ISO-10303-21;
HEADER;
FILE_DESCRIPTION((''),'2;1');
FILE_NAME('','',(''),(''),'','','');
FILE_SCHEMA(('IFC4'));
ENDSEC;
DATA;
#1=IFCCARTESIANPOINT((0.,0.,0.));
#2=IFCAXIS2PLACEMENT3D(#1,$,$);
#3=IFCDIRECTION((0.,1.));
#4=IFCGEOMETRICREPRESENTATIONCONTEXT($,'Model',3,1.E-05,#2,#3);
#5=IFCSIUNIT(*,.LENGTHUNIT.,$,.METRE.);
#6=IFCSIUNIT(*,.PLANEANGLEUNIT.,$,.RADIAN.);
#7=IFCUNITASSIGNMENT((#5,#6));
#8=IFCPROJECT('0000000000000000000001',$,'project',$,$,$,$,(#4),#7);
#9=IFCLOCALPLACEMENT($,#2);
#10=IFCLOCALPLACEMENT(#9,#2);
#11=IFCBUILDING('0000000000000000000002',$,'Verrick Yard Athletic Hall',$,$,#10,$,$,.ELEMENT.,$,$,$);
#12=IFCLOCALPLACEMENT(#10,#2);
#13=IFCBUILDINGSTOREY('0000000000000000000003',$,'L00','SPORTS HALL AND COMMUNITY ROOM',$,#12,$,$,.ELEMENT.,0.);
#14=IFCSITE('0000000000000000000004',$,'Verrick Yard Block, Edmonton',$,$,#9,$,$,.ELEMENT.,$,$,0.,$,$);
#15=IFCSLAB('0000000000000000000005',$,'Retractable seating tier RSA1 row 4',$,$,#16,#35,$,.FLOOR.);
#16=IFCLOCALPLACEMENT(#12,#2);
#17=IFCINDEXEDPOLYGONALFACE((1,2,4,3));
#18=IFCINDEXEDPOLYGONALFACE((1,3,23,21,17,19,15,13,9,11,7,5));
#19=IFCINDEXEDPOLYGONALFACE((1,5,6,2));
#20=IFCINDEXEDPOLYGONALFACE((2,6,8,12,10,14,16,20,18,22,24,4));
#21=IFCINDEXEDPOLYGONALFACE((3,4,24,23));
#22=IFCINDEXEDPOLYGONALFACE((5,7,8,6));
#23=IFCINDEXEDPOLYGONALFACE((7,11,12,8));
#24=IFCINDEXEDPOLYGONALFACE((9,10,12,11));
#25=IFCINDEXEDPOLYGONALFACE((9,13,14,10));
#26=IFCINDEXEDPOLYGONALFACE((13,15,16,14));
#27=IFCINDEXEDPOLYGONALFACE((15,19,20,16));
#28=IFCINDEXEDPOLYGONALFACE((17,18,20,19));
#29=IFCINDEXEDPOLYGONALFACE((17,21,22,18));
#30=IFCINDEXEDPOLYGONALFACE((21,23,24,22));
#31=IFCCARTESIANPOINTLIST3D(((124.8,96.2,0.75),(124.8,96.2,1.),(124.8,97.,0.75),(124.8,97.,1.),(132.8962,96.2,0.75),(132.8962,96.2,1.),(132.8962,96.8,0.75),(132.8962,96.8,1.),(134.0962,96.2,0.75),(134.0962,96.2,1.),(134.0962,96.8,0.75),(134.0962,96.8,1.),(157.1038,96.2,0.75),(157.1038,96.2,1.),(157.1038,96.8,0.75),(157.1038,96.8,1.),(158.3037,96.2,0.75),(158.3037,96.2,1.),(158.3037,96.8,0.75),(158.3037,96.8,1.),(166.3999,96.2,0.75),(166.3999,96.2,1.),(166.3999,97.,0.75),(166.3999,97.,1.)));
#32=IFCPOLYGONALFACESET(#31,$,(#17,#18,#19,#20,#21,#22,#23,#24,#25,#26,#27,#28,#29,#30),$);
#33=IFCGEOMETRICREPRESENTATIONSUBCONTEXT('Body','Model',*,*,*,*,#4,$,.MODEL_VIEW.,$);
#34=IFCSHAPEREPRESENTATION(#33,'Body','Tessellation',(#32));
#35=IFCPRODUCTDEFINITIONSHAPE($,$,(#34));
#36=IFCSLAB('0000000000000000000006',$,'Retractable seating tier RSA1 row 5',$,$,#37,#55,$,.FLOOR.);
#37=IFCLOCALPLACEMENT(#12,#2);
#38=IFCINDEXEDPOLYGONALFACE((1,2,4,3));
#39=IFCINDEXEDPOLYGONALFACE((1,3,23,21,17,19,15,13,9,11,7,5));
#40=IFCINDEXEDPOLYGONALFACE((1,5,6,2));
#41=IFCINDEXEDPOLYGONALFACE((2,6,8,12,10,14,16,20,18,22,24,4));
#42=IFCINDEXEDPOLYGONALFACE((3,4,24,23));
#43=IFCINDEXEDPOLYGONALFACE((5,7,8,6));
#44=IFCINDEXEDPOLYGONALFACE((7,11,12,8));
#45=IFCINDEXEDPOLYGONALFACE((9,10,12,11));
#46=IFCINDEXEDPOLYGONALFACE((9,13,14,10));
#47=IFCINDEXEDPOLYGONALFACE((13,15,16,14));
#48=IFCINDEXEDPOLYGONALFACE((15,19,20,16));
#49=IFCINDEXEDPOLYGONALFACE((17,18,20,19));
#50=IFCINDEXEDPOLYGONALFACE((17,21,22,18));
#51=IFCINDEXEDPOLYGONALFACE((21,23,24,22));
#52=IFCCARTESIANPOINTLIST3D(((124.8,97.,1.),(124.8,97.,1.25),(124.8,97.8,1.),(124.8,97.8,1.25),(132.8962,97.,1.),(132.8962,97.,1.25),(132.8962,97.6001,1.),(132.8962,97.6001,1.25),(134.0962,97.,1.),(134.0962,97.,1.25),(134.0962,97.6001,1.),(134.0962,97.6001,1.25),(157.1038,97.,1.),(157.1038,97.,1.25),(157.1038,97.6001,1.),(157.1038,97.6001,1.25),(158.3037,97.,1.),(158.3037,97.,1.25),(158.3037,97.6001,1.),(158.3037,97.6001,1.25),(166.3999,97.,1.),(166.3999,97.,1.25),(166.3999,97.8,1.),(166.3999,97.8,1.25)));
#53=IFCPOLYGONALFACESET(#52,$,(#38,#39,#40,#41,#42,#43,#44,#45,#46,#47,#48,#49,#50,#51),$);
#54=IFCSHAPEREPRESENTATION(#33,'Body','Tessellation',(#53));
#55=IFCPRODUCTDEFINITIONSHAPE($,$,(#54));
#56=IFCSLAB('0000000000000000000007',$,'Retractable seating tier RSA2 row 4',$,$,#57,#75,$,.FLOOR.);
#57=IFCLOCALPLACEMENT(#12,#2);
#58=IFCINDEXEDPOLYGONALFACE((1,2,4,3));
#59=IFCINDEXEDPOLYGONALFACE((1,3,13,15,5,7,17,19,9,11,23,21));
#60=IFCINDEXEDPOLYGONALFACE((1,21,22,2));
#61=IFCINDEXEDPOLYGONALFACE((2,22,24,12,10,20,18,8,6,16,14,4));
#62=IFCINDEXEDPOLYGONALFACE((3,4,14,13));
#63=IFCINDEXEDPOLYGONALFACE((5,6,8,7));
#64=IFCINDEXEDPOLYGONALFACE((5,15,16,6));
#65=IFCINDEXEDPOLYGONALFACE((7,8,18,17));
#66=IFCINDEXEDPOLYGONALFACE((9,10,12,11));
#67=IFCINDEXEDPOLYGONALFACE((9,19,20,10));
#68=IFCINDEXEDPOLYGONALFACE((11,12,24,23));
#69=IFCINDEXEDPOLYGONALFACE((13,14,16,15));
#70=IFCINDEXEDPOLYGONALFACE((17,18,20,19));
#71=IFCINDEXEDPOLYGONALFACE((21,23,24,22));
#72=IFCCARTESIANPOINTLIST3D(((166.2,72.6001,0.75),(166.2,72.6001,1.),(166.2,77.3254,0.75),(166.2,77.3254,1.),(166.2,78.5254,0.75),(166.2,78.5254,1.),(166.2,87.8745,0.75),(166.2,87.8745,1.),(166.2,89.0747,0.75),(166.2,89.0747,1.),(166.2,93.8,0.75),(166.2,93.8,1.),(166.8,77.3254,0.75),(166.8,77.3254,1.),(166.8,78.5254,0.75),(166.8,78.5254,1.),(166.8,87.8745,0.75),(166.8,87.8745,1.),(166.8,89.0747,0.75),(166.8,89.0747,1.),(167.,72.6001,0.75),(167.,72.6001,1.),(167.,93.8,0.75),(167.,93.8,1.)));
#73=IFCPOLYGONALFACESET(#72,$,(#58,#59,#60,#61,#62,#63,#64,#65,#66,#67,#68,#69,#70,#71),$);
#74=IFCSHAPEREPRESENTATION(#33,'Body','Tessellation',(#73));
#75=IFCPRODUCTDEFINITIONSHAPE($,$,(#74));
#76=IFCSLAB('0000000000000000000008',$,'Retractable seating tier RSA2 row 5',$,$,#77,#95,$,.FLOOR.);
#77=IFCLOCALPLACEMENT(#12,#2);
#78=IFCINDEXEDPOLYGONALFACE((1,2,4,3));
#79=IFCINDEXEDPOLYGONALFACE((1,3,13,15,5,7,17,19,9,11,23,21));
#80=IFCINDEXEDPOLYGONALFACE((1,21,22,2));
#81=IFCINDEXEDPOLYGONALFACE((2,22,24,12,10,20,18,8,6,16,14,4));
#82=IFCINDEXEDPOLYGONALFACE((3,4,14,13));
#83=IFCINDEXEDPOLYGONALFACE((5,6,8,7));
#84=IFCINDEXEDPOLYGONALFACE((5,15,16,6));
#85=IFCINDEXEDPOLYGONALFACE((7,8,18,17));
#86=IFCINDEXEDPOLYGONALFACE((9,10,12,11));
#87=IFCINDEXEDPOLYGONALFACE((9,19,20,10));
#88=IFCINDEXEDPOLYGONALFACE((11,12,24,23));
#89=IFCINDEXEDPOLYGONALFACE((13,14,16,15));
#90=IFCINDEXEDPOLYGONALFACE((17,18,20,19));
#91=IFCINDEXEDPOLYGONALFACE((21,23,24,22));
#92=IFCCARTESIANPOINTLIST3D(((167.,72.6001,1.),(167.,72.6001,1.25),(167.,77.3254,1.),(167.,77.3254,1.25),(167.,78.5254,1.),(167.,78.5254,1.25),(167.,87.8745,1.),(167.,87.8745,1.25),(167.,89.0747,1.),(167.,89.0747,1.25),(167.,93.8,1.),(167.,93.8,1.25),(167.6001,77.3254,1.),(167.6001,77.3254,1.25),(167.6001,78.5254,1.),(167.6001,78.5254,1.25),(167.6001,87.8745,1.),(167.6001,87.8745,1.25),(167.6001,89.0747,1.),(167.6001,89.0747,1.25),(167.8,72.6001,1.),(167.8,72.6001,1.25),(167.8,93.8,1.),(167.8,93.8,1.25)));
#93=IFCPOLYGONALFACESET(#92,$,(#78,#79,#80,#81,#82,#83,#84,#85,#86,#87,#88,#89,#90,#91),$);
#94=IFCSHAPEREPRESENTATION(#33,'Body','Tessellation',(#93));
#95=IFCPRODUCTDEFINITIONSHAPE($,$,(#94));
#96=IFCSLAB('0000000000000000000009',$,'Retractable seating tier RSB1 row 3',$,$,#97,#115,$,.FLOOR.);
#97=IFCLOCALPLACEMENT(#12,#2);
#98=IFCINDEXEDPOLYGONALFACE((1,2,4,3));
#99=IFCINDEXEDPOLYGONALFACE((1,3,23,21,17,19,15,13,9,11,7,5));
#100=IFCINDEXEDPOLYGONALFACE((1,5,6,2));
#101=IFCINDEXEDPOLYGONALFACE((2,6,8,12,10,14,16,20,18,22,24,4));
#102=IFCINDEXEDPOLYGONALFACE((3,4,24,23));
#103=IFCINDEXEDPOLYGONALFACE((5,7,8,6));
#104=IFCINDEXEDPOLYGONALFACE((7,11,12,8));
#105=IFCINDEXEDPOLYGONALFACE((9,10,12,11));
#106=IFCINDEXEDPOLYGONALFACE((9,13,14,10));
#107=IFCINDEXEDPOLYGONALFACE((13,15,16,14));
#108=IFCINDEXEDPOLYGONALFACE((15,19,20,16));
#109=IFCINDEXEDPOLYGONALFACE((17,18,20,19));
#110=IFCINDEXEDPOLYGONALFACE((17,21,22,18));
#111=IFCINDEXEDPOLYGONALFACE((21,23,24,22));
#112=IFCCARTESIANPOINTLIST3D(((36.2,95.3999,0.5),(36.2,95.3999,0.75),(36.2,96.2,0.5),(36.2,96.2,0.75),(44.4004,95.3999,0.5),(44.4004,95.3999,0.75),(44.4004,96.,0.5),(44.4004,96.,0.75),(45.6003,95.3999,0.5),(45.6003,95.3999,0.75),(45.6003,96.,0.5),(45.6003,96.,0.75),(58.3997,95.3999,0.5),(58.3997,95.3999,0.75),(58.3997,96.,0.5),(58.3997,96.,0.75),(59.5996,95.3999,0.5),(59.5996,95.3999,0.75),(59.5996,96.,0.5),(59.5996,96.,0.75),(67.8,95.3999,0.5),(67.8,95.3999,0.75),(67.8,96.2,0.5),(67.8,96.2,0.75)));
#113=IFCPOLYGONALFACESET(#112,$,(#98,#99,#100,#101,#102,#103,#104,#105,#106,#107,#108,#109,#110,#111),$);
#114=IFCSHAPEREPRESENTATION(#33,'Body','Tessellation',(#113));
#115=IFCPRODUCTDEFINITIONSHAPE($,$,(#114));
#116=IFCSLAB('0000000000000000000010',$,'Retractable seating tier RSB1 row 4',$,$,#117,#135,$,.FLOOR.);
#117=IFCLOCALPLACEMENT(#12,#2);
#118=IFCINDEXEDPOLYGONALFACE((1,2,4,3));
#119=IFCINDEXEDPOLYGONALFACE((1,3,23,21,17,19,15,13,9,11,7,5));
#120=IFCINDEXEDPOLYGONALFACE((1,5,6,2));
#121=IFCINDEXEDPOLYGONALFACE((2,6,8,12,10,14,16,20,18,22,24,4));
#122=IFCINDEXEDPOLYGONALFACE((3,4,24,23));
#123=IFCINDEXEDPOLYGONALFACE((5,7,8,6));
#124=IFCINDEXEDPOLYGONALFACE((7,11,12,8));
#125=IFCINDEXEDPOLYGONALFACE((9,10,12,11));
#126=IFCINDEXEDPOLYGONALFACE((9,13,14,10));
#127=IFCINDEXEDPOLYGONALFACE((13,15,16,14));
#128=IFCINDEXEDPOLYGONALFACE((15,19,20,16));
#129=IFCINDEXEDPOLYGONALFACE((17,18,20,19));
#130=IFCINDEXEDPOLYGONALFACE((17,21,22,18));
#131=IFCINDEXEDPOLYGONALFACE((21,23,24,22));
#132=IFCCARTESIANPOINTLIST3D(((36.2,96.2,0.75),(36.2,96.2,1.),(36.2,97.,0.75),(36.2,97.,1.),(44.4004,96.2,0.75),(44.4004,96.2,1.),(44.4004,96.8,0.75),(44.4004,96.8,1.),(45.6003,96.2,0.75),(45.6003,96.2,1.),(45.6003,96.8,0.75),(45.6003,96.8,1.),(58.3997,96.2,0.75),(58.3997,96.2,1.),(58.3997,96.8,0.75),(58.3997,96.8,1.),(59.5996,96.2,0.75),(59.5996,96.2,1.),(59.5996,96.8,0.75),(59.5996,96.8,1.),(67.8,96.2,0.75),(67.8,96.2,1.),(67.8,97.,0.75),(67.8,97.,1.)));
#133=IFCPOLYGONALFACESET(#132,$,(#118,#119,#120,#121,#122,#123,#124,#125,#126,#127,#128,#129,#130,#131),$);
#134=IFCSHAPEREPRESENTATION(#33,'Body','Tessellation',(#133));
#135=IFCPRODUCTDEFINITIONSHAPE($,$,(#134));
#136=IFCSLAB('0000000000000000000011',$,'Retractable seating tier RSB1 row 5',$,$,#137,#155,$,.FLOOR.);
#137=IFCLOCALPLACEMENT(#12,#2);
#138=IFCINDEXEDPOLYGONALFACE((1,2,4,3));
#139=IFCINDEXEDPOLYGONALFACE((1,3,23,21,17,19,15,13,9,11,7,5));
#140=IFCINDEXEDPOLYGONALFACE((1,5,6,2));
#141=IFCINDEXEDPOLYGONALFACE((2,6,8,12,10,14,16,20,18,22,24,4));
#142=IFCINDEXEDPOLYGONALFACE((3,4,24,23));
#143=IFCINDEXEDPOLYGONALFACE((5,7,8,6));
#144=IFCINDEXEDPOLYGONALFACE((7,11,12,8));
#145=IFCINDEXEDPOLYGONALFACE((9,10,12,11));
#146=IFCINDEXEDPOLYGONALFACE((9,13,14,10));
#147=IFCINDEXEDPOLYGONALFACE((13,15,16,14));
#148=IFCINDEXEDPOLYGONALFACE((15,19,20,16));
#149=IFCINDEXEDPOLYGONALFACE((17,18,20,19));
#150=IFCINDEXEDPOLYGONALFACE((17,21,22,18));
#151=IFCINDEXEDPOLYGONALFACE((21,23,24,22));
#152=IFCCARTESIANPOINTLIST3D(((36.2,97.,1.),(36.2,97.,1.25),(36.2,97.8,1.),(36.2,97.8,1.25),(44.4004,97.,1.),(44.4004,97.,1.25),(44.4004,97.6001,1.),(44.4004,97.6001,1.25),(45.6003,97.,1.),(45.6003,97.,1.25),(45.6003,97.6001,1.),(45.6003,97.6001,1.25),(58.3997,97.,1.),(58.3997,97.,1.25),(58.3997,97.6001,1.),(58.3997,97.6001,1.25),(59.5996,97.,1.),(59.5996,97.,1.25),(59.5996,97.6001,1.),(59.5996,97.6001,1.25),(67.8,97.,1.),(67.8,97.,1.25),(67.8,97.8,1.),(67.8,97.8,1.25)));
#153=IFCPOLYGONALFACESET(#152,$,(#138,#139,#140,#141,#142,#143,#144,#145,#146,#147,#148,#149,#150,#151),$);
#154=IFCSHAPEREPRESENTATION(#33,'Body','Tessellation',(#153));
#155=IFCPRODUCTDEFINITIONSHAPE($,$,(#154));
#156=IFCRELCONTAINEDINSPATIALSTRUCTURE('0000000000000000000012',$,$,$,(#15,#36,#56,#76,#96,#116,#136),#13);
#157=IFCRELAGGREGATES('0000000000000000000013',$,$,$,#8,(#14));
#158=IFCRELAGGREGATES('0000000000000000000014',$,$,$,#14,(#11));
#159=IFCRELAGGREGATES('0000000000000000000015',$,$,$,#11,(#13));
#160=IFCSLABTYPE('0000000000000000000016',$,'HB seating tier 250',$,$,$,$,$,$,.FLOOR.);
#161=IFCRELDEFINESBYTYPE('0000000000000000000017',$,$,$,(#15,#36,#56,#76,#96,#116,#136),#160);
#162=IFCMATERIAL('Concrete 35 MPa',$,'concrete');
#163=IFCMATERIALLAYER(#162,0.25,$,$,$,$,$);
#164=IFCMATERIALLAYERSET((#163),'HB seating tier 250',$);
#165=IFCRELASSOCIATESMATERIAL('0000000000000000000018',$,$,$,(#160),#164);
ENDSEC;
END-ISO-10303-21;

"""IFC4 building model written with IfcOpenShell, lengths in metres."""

from ifc_helpers import new_model, si_unit, direction, frame, origin, place, context, subcontext, project, spatial, polyline, outline, extrude, material, layer, layer_set, type_object, element, save


model = new_model("IFC4")

# Units and contexts
model_context = context("Model", 3, precision=1e-05, world=origin(), true_north=direction((0.0, 1.0)))
body_context = subcontext(model_context, "Body", "Model", "MODEL_VIEW")
ifc_project = project(units=[si_unit("LENGTHUNIT", "METRE"), si_unit("PLANEANGLEUNIT", "RADIAN")], contexts=[model_context])

# Site, building, storey
site_placement = place(None, origin())
site = spatial("IfcSite", under=ifc_project, at=site_placement, Name="Verrick Yard Block, Edmonton", CompositionType="ELEMENT", RefElevation=0.0)
building_placement = place(site_placement, origin())
building = spatial("IfcBuilding", under=site, at=building_placement, Name="Verrick Yard Athletic Hall", CompositionType="ELEMENT")
storey_placement = place(building_placement, origin())
storey = spatial("IfcBuildingStorey", under=building, at=storey_placement, Name="L00", Description="SPORTS HALL AND COMMUNITY ROOM", CompositionType="ELEMENT", Elevation=0.0)

# Slabs
ifc_material = material(Name="Concrete 35 MPa", Category="concrete")
ifc_layer_1 = layer(ifc_material, 0.25)
ifc_layer_set_1 = layer_set([ifc_layer_1], Name="HB seating tier 250")
slab_type_1 = type_object("IfcSlabType", Name="HB seating tier 250", PredefinedType="FLOOR", material=ifc_layer_set_1)
slab_1_placement = place(storey_placement, frame((0.0, 0.0, 0.75)))
element("IfcSlab", 1, at=slab_1_placement, inside=storey, type_object=slab_type_1, Name="Retractable seating tier RSA1 row 4", PredefinedType="FLOOR", context=body_context, shape_type="SweptSolid", body=[
    extrude(outline(polyline([(124.8, 96.2), (132.8962, 96.2), (132.8962, 96.8), (134.0962, 96.8), (134.0962, 96.2), (157.1038, 96.2), (157.1038, 96.8), (158.3037, 96.8), (158.3037, 96.2), (166.3999, 96.2), (166.3999, 97.0), (124.8, 97.0), (124.8, 96.2)])), origin(), (0.0, 0.0, 1.0), 0.25),
])
slab_2_placement = place(storey_placement, frame((0.0, 0.0, 1.0)))
element("IfcSlab", 2, at=slab_2_placement, inside=storey, type_object=slab_type_1, Name="Retractable seating tier RSA1 row 5", PredefinedType="FLOOR", context=body_context, shape_type="SweptSolid", body=[
    extrude(outline(polyline([(124.8, 97.0), (132.8962, 97.0), (132.8962, 97.6001), (134.0962, 97.6001), (134.0962, 97.0), (157.1038, 97.0), (157.1038, 97.6001), (158.3037, 97.6001), (158.3037, 97.0), (166.3999, 97.0), (166.3999, 97.8), (124.8, 97.8), (124.8, 97.0)])), origin(), (0.0, 0.0, 1.0), 0.25),
])
slab_3_placement = place(storey_placement, frame((0.0, 0.0, 0.75)))
element("IfcSlab", 3, at=slab_3_placement, inside=storey, type_object=slab_type_1, Name="Retractable seating tier RSA2 row 4", PredefinedType="FLOOR", context=body_context, shape_type="SweptSolid", body=[
    extrude(outline(polyline([(167.0, 72.6001), (167.0, 93.8), (166.2, 93.8), (166.2, 89.0747), (166.8, 89.0747), (166.8, 87.8745), (166.2, 87.8745), (166.2, 78.5254), (166.8, 78.5254), (166.8, 77.3254), (166.2, 77.3254), (166.2, 72.6001), (167.0, 72.6001)])), origin(), (0.0, 0.0, 1.0), 0.25),
])
slab_4_placement = place(storey_placement, frame((0.0, 0.0, 1.0)))
element("IfcSlab", 4, at=slab_4_placement, inside=storey, type_object=slab_type_1, Name="Retractable seating tier RSA2 row 5", PredefinedType="FLOOR", context=body_context, shape_type="SweptSolid", body=[
    extrude(outline(polyline([(167.8, 72.6001), (167.8, 93.8), (167.0, 93.8), (167.0, 89.0747), (167.6001, 89.0747), (167.6001, 87.8745), (167.0, 87.8745), (167.0, 78.5254), (167.6001, 78.5254), (167.6001, 77.3254), (167.0, 77.3254), (167.0, 72.6001), (167.8, 72.6001)])), origin(), (0.0, 0.0, 1.0), 0.25),
])
slab_5_placement = place(storey_placement, frame((0.0, 0.0, 0.5)))
element("IfcSlab", 5, at=slab_5_placement, inside=storey, type_object=slab_type_1, Name="Retractable seating tier RSB1 row 3", PredefinedType="FLOOR", context=body_context, shape_type="SweptSolid", body=[
    extrude(outline(polyline([(36.2, 95.3999), (44.4004, 95.3999), (44.4004, 96.0), (45.6003, 96.0), (45.6003, 95.3999), (58.3997, 95.3999), (58.3997, 96.0), (59.5996, 96.0), (59.5996, 95.3999), (67.8, 95.3999), (67.8, 96.2), (36.2, 96.2), (36.2, 95.3999)])), origin(), (0.0, 0.0, 1.0), 0.25),
])
slab_6_placement = place(storey_placement, frame((0.0, 0.0, 0.75)))
element("IfcSlab", 6, at=slab_6_placement, inside=storey, type_object=slab_type_1, Name="Retractable seating tier RSB1 row 4", PredefinedType="FLOOR", context=body_context, shape_type="SweptSolid", body=[
    extrude(outline(polyline([(36.2, 96.2), (44.4004, 96.2), (44.4004, 96.8), (45.6003, 96.8), (45.6003, 96.2), (58.3997, 96.2), (58.3997, 96.8), (59.5996, 96.8), (59.5996, 96.2), (67.8, 96.2), (67.8, 97.0), (36.2, 97.0), (36.2, 96.2)])), origin(), (0.0, 0.0, 1.0), 0.25),
])
slab_7_placement = place(storey_placement, frame((0.0, 0.0, 1.0)))
element("IfcSlab", 7, at=slab_7_placement, inside=storey, type_object=slab_type_1, Name="Retractable seating tier RSB1 row 5", PredefinedType="FLOOR", context=body_context, shape_type="SweptSolid", body=[
    extrude(outline(polyline([(36.2, 97.0), (44.4004, 97.0), (44.4004, 97.6001), (45.6003, 97.6001), (45.6003, 97.0), (58.3997, 97.0), (58.3997, 97.6001), (59.5996, 97.6001), (59.5996, 97.0), (67.8, 97.0), (67.8, 97.8), (36.2, 97.8), (36.2, 97.0)])), origin(), (0.0, 0.0, 1.0), 0.25),
])

save(model, "model.ifc")
